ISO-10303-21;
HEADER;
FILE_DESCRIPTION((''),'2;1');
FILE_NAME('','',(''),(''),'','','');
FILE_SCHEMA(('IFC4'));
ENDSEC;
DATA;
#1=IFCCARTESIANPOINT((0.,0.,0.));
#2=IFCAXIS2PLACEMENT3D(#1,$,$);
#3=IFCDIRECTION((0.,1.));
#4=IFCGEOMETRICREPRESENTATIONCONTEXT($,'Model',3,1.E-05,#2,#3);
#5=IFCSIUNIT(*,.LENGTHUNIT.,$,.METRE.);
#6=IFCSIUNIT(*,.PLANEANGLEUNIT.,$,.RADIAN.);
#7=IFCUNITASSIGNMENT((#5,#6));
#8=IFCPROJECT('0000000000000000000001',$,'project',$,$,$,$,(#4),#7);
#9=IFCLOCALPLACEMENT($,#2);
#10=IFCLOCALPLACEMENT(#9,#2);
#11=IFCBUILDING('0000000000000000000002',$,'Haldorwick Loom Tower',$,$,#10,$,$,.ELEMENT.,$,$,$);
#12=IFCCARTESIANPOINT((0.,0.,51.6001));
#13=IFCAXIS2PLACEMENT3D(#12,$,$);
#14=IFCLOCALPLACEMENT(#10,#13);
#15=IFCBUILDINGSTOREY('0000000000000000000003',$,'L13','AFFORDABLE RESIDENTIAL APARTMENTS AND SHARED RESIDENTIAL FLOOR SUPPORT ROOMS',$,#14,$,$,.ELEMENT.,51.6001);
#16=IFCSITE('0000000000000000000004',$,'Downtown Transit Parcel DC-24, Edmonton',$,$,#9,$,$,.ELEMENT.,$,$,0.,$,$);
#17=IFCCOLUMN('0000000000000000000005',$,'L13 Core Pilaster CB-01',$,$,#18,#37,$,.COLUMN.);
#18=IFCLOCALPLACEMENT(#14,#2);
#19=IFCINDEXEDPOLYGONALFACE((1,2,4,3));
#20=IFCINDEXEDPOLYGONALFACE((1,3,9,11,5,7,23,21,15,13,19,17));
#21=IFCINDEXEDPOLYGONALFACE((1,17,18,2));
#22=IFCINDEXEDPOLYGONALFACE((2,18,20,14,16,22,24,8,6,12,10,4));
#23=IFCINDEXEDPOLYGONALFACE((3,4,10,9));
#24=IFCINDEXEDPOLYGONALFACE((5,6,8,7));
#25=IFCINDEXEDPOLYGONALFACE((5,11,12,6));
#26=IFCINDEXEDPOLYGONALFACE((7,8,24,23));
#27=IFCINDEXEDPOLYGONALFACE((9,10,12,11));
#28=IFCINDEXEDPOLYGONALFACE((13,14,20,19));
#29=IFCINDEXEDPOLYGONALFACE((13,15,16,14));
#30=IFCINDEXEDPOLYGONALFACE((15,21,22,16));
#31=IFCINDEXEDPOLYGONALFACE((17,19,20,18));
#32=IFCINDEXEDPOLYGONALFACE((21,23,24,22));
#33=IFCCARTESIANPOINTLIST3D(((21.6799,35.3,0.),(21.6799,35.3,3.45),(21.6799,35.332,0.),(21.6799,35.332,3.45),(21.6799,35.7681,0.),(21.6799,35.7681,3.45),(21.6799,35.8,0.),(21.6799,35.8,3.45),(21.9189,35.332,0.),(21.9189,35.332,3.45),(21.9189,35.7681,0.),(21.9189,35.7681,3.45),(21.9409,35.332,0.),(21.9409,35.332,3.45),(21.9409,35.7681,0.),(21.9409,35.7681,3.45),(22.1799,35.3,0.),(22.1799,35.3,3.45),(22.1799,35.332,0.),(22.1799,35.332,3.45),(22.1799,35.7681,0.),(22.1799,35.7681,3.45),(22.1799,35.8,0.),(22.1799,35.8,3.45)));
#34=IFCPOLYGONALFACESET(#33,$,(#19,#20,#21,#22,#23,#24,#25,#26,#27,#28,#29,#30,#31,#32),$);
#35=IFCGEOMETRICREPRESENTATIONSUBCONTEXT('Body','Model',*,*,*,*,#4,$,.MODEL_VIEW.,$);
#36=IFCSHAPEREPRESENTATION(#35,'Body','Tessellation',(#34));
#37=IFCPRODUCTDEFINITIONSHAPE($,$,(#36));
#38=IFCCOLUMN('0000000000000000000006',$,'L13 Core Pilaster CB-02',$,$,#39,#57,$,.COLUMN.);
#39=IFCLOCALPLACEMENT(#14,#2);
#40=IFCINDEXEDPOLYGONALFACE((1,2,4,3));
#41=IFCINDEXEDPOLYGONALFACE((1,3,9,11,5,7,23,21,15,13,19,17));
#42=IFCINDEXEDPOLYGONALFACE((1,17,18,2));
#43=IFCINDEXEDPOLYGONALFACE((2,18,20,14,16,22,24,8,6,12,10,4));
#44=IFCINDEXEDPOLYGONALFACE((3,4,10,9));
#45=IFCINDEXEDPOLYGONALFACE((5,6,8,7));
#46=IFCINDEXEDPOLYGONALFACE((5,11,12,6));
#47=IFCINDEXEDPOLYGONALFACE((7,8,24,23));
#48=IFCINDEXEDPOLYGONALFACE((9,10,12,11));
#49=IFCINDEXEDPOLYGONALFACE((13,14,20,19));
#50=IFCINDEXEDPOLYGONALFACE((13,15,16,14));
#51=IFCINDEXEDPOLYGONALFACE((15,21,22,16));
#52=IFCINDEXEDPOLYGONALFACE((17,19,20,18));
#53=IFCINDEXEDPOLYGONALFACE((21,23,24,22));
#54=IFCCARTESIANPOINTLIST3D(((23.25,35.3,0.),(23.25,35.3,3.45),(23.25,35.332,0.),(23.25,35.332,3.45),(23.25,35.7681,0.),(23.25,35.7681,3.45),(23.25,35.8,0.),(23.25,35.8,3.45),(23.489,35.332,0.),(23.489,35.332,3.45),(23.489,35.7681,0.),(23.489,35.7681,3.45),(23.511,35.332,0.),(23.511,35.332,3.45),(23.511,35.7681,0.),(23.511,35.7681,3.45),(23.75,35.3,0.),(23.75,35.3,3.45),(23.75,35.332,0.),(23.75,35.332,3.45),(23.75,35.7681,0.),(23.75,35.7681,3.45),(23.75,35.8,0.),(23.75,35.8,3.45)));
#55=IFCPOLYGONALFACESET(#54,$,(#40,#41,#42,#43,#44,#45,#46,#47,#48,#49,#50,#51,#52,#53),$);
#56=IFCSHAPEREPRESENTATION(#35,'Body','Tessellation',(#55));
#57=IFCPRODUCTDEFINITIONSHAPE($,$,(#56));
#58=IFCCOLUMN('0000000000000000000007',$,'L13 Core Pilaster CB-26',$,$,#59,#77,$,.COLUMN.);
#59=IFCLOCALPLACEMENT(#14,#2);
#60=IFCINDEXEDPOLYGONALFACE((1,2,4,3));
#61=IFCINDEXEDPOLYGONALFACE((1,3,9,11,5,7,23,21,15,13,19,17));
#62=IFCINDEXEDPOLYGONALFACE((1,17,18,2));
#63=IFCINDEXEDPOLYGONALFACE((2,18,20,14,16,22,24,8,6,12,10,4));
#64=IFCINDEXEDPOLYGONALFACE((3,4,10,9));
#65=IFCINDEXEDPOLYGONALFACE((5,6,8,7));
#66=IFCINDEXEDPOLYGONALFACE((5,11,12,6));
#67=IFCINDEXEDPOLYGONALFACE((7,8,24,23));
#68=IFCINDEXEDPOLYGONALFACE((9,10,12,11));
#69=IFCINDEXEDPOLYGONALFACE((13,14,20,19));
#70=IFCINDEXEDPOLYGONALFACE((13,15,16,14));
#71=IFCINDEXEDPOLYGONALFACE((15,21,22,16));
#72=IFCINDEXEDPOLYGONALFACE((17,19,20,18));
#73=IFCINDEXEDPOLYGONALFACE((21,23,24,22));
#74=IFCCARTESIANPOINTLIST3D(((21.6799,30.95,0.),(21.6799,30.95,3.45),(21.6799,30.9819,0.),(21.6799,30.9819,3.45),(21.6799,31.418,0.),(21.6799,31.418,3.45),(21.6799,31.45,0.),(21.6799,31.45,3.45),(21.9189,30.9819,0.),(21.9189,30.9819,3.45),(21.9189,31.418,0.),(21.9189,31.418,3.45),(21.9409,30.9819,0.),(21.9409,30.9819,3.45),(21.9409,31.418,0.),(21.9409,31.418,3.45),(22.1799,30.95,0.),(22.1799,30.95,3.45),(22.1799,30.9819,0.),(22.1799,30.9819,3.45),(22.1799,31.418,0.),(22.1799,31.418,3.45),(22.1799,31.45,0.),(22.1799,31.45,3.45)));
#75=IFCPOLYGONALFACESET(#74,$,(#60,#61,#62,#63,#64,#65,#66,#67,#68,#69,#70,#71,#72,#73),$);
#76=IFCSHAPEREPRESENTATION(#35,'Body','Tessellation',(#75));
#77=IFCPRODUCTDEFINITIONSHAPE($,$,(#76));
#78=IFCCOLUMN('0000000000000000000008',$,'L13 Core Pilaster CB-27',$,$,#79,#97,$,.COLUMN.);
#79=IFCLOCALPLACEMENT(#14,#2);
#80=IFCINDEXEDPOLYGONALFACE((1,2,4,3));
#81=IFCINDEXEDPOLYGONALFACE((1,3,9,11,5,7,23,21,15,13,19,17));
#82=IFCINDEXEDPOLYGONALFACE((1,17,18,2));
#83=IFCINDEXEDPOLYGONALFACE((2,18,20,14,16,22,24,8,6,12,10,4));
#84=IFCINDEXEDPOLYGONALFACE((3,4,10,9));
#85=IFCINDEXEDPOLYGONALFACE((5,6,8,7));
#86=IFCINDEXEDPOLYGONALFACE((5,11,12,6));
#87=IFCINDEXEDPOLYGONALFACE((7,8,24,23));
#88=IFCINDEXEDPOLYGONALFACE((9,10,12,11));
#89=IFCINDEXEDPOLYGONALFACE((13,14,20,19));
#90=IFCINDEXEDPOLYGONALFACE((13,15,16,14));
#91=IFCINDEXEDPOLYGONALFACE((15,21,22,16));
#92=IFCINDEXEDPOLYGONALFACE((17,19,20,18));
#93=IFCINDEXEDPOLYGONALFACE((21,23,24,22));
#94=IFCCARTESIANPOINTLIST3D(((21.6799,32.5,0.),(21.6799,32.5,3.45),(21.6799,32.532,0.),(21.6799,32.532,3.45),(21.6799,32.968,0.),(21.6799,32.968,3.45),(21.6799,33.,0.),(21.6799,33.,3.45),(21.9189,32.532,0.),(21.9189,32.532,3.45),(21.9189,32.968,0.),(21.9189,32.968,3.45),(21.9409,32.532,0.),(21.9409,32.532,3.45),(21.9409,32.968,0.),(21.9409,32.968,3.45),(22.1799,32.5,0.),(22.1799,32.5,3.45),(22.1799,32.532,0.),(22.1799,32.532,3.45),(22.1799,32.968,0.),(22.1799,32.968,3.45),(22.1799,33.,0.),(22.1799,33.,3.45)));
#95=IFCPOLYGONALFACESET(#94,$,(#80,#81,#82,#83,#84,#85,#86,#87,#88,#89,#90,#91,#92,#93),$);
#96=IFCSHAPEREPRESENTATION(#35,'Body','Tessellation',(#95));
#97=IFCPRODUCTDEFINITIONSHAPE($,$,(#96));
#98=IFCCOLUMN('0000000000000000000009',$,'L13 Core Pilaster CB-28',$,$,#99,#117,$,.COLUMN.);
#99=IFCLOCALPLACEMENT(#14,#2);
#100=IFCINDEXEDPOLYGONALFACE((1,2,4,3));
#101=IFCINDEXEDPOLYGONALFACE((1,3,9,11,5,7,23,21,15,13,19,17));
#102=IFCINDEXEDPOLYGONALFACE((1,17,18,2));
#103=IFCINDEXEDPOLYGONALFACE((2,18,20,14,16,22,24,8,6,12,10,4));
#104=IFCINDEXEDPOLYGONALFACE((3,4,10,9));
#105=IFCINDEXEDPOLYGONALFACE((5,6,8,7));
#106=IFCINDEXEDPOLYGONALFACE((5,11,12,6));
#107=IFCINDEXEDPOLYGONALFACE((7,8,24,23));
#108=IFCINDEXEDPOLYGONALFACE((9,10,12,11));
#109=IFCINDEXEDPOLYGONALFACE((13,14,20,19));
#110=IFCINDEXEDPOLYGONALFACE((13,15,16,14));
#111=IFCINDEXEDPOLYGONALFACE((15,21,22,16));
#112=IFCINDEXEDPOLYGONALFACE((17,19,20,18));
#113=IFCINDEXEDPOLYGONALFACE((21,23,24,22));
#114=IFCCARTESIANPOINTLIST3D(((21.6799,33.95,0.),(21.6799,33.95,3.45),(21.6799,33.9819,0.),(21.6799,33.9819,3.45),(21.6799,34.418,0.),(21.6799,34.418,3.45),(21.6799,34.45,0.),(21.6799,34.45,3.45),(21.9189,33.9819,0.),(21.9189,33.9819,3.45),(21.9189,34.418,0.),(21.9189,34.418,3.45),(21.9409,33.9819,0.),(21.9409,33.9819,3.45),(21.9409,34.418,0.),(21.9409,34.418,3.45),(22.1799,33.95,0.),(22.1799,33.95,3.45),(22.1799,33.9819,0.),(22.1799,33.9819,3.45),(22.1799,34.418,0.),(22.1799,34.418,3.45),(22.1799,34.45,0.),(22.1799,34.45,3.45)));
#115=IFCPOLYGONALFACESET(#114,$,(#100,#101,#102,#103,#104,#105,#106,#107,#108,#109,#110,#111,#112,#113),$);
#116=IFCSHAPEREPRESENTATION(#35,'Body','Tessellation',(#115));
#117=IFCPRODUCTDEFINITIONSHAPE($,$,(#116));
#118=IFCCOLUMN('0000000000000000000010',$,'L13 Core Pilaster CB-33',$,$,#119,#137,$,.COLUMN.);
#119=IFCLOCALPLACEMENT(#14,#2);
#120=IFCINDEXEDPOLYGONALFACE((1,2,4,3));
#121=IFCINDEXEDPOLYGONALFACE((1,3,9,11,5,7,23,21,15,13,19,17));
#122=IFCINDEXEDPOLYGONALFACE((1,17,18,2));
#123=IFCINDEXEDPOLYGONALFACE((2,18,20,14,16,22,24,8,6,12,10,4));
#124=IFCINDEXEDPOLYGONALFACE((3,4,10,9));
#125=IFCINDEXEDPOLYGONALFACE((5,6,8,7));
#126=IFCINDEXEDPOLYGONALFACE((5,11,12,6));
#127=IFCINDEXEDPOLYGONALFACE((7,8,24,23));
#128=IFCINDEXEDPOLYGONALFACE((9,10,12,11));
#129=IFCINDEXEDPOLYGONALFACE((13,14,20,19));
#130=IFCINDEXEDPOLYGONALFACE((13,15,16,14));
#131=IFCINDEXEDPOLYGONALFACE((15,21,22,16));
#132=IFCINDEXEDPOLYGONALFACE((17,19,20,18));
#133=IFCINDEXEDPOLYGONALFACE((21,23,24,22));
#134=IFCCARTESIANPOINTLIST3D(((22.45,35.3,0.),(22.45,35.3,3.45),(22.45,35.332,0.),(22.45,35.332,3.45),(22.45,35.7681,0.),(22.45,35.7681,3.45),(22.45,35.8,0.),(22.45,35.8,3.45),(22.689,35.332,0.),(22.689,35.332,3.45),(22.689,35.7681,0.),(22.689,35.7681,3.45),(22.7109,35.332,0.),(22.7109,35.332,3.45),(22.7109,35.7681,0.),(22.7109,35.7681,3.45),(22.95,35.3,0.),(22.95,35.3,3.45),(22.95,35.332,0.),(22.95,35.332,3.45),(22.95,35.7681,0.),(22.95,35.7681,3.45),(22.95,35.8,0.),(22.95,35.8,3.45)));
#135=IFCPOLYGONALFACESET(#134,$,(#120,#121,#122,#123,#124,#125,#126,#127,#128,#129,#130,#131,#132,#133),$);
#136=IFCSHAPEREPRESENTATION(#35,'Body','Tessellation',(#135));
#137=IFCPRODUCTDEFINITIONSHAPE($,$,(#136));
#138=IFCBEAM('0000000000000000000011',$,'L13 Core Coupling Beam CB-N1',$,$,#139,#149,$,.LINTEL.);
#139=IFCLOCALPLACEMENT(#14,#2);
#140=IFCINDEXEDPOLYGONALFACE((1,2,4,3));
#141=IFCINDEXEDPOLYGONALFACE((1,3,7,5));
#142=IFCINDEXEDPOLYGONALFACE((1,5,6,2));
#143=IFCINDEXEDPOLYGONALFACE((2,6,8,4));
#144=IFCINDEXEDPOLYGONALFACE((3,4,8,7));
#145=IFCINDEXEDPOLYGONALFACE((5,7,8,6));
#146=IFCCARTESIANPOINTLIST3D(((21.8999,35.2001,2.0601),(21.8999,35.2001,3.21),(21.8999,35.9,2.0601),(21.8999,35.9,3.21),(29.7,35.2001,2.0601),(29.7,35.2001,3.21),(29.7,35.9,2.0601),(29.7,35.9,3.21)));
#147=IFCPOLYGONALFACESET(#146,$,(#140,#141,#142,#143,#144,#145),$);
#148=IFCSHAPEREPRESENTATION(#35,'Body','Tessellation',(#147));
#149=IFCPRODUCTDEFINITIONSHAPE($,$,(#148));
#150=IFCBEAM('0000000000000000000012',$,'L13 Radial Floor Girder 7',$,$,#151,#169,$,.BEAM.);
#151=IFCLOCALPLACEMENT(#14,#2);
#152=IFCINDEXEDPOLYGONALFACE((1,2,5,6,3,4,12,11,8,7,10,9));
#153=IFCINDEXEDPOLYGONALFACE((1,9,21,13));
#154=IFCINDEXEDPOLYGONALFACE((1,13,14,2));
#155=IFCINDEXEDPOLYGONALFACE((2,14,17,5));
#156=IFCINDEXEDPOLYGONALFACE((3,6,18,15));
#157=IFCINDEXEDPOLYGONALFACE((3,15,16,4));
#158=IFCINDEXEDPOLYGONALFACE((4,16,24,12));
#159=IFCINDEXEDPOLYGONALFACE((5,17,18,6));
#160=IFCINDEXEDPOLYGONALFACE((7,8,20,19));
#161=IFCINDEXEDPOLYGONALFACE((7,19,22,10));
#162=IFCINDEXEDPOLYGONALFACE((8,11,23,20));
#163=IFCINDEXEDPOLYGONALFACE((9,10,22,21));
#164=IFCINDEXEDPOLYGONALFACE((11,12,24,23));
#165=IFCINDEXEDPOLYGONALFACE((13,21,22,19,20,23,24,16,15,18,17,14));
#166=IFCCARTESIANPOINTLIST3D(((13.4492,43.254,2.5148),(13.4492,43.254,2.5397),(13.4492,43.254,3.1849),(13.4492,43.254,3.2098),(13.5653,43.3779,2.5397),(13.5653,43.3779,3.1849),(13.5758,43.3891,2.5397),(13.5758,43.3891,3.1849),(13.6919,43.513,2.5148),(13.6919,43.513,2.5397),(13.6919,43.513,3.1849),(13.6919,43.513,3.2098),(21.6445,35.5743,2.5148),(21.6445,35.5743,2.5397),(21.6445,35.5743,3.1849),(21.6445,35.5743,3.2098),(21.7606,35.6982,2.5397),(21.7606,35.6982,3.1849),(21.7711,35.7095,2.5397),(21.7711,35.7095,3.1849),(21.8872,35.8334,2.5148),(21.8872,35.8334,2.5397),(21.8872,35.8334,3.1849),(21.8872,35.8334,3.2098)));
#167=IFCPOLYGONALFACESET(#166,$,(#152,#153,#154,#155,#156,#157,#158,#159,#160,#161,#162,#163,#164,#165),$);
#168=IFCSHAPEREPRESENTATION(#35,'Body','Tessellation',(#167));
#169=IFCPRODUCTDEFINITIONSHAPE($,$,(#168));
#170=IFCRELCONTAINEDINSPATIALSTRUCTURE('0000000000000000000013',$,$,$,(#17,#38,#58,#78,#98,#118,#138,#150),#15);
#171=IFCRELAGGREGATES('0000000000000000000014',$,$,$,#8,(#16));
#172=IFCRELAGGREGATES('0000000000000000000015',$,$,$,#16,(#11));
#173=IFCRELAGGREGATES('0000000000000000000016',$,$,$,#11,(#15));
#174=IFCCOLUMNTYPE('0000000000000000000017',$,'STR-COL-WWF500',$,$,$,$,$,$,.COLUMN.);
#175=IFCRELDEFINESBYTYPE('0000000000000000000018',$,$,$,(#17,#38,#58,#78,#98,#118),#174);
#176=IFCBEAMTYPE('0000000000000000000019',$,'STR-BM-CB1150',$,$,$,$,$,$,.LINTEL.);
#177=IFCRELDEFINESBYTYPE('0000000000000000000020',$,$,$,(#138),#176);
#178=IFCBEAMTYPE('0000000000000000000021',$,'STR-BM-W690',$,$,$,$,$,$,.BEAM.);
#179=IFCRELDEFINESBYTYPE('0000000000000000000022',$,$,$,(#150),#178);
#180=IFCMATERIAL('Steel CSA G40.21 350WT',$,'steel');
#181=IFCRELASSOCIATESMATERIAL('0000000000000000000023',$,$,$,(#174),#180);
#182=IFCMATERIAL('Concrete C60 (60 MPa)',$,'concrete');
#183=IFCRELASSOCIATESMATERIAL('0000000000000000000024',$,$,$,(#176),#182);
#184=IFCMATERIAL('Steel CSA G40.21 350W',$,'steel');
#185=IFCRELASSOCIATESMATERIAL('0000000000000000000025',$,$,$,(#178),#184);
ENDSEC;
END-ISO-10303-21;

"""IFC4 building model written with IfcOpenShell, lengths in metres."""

from ifc_helpers import new_model, si_unit, direction, frame, origin, origin_2d, place, context, subcontext, project, spatial, rectangle, i_section, extrude, material, material_profile, profile_set, type_object, element, save


model = new_model("IFC4")

# Units and contexts
model_context = context("Model", 3, precision=1e-05, world=origin(), true_north=direction((0.0, 1.0)))
body_context = subcontext(model_context, "Body", "Model", "MODEL_VIEW")
ifc_project = project(units=[si_unit("LENGTHUNIT", "METRE"), si_unit("PLANEANGLEUNIT", "RADIAN")], contexts=[model_context])

# Site, building, storey
site_placement = place(None, origin())
site = spatial("IfcSite", under=ifc_project, at=site_placement, Name="Downtown Transit Parcel DC-24, Edmonton", CompositionType="ELEMENT", RefElevation=0.0)
building_placement = place(site_placement, origin())
building = spatial("IfcBuilding", under=site, at=building_placement, Name="Haldorwick Loom Tower", CompositionType="ELEMENT")
storey_placement = place(building_placement, frame((0.0, 0.0, 51.6001)))
storey = spatial("IfcBuildingStorey", under=building, at=storey_placement, Name="L13", Description="AFFORDABLE RESIDENTIAL APARTMENTS AND SHARED RESIDENTIAL FLOOR SUPPORT ROOMS", CompositionType="ELEMENT", Elevation=51.6001)

# Columns
ifc_material_1 = material(Name="Steel CSA G40.21 350WT", Category="steel")
ifc_material_profile_1 = material_profile(ifc_material_1, i_section(OverallWidth=0.5, OverallDepth=0.5, WebThickness=0.022, FlangeThickness=0.032, at=origin_2d()), Name="WWF500X500", Category="steel")
ifc_profile_set_1 = profile_set([ifc_material_profile_1], Name="Steel CSA G40.21 350WT")
column_type = type_object("IfcColumnType", Name="STR-COL-WWF500", PredefinedType="COLUMN", material=ifc_profile_set_1)
for number, where, z_axis, x_axis, name in (
    (1, (21.9299, 35.55, 0.0), (0.0, 0.0, 1.0), (1.0, 0.0, 0.0), "L13 Core Pilaster CB-01"),
    (2, (23.5, 35.55, 0.0), (0.0, 0.0, 1.0), (1.0, 0.0, 0.0), "L13 Core Pilaster CB-02"),
    (3, (21.9299, 31.2, 0.0), (0.0, 0.0, 1.0), (1.0, 0.0, 0.0), "L13 Core Pilaster CB-26"),
    (4, (21.9299, 32.75, 0.0), (0.0, 0.0, 1.0), (1.0, 0.0, 0.0), "L13 Core Pilaster CB-27"),
    (5, (21.9299, 34.2, 0.0), (0.0, 0.0, 1.0), (1.0, 0.0, 0.0), "L13 Core Pilaster CB-28"),
    (6, (22.7, 35.55, 0.0), (0.0, 0.0, 1.0), (1.0, 0.0, 0.0), "L13 Core Pilaster CB-33"),
):
    element("IfcColumn", number, at=place(storey_placement, frame(where, z_axis=z_axis, x_axis=x_axis)), inside=storey, type_object=column_type, Name=name, PredefinedType="COLUMN", context=body_context, shape_type="SweptSolid", body=[
        extrude(i_section(OverallWidth=0.5, OverallDepth=0.5, WebThickness=0.022, FlangeThickness=0.032, at=origin_2d()), origin(), (0.0, 0.0, 1.0), 3.45),
    ])

# Beams
ifc_material_2 = material(Name="Concrete C60 (60 MPa)", Category="concrete")
ifc_material_profile_2 = material_profile(ifc_material_2, rectangle(XDim=0.7, YDim=1.1499, at=origin_2d()), Name="RC700X1150", Category="concrete")
ifc_profile_set_2 = profile_set([ifc_material_profile_2], Name="Concrete C60 (60 MPa)")
beam_type_1 = type_object("IfcBeamType", Name="STR-BM-CB1150", PredefinedType="LINTEL", material=ifc_profile_set_2)
beam_1_placement = place(storey_placement, frame((21.8999, 35.55, 2.635), z_axis=(1.0, 0.0, 0.0), x_axis=(0.0, 1.0, 0.0)))
element("IfcBeam", 7, at=beam_1_placement, inside=storey, type_object=beam_type_1, Name="L13 Core Coupling Beam CB-N1", PredefinedType="LINTEL", context=body_context, shape_type="SweptSolid", body=[
    extrude(rectangle(XDim=0.7, YDim=1.1499, at=origin_2d()), origin(), (0.0, 0.0, 1.0), 7.8),
])
ifc_material_3 = material(Name="Steel CSA G40.21 350W", Category="steel")
ifc_material_profile_3 = material_profile(ifc_material_3, i_section(OverallWidth=0.355, OverallDepth=0.6951, WebThickness=0.0154, FlangeThickness=0.0249, at=origin_2d()), Name="W690X217", Category="steel")
ifc_profile_set_3 = profile_set([ifc_material_profile_3], Name="Steel CSA G40.21 350W")
beam_type_2 = type_object("IfcBeamType", Name="STR-BM-W690", PredefinedType="BEAM", material=ifc_profile_set_3)
beam_2_placement = place(storey_placement, frame((21.7659, 35.7039, 2.8623), z_axis=(-0.729689, 0.683779, 0.0), x_axis=(-0.683779, -0.729689, 0.0)))
element("IfcBeam", 8, at=beam_2_placement, inside=storey, type_object=beam_type_2, Name="L13 Radial Floor Girder 7", PredefinedType="BEAM", context=body_context, shape_type="SweptSolid", body=[
    extrude(i_section(OverallWidth=0.355, OverallDepth=0.6951, WebThickness=0.0154, FlangeThickness=0.0249, at=origin_2d()), origin(), (0.0, 0.0, 1.0), 11.2312),
])

save(model, "model.ifc")
